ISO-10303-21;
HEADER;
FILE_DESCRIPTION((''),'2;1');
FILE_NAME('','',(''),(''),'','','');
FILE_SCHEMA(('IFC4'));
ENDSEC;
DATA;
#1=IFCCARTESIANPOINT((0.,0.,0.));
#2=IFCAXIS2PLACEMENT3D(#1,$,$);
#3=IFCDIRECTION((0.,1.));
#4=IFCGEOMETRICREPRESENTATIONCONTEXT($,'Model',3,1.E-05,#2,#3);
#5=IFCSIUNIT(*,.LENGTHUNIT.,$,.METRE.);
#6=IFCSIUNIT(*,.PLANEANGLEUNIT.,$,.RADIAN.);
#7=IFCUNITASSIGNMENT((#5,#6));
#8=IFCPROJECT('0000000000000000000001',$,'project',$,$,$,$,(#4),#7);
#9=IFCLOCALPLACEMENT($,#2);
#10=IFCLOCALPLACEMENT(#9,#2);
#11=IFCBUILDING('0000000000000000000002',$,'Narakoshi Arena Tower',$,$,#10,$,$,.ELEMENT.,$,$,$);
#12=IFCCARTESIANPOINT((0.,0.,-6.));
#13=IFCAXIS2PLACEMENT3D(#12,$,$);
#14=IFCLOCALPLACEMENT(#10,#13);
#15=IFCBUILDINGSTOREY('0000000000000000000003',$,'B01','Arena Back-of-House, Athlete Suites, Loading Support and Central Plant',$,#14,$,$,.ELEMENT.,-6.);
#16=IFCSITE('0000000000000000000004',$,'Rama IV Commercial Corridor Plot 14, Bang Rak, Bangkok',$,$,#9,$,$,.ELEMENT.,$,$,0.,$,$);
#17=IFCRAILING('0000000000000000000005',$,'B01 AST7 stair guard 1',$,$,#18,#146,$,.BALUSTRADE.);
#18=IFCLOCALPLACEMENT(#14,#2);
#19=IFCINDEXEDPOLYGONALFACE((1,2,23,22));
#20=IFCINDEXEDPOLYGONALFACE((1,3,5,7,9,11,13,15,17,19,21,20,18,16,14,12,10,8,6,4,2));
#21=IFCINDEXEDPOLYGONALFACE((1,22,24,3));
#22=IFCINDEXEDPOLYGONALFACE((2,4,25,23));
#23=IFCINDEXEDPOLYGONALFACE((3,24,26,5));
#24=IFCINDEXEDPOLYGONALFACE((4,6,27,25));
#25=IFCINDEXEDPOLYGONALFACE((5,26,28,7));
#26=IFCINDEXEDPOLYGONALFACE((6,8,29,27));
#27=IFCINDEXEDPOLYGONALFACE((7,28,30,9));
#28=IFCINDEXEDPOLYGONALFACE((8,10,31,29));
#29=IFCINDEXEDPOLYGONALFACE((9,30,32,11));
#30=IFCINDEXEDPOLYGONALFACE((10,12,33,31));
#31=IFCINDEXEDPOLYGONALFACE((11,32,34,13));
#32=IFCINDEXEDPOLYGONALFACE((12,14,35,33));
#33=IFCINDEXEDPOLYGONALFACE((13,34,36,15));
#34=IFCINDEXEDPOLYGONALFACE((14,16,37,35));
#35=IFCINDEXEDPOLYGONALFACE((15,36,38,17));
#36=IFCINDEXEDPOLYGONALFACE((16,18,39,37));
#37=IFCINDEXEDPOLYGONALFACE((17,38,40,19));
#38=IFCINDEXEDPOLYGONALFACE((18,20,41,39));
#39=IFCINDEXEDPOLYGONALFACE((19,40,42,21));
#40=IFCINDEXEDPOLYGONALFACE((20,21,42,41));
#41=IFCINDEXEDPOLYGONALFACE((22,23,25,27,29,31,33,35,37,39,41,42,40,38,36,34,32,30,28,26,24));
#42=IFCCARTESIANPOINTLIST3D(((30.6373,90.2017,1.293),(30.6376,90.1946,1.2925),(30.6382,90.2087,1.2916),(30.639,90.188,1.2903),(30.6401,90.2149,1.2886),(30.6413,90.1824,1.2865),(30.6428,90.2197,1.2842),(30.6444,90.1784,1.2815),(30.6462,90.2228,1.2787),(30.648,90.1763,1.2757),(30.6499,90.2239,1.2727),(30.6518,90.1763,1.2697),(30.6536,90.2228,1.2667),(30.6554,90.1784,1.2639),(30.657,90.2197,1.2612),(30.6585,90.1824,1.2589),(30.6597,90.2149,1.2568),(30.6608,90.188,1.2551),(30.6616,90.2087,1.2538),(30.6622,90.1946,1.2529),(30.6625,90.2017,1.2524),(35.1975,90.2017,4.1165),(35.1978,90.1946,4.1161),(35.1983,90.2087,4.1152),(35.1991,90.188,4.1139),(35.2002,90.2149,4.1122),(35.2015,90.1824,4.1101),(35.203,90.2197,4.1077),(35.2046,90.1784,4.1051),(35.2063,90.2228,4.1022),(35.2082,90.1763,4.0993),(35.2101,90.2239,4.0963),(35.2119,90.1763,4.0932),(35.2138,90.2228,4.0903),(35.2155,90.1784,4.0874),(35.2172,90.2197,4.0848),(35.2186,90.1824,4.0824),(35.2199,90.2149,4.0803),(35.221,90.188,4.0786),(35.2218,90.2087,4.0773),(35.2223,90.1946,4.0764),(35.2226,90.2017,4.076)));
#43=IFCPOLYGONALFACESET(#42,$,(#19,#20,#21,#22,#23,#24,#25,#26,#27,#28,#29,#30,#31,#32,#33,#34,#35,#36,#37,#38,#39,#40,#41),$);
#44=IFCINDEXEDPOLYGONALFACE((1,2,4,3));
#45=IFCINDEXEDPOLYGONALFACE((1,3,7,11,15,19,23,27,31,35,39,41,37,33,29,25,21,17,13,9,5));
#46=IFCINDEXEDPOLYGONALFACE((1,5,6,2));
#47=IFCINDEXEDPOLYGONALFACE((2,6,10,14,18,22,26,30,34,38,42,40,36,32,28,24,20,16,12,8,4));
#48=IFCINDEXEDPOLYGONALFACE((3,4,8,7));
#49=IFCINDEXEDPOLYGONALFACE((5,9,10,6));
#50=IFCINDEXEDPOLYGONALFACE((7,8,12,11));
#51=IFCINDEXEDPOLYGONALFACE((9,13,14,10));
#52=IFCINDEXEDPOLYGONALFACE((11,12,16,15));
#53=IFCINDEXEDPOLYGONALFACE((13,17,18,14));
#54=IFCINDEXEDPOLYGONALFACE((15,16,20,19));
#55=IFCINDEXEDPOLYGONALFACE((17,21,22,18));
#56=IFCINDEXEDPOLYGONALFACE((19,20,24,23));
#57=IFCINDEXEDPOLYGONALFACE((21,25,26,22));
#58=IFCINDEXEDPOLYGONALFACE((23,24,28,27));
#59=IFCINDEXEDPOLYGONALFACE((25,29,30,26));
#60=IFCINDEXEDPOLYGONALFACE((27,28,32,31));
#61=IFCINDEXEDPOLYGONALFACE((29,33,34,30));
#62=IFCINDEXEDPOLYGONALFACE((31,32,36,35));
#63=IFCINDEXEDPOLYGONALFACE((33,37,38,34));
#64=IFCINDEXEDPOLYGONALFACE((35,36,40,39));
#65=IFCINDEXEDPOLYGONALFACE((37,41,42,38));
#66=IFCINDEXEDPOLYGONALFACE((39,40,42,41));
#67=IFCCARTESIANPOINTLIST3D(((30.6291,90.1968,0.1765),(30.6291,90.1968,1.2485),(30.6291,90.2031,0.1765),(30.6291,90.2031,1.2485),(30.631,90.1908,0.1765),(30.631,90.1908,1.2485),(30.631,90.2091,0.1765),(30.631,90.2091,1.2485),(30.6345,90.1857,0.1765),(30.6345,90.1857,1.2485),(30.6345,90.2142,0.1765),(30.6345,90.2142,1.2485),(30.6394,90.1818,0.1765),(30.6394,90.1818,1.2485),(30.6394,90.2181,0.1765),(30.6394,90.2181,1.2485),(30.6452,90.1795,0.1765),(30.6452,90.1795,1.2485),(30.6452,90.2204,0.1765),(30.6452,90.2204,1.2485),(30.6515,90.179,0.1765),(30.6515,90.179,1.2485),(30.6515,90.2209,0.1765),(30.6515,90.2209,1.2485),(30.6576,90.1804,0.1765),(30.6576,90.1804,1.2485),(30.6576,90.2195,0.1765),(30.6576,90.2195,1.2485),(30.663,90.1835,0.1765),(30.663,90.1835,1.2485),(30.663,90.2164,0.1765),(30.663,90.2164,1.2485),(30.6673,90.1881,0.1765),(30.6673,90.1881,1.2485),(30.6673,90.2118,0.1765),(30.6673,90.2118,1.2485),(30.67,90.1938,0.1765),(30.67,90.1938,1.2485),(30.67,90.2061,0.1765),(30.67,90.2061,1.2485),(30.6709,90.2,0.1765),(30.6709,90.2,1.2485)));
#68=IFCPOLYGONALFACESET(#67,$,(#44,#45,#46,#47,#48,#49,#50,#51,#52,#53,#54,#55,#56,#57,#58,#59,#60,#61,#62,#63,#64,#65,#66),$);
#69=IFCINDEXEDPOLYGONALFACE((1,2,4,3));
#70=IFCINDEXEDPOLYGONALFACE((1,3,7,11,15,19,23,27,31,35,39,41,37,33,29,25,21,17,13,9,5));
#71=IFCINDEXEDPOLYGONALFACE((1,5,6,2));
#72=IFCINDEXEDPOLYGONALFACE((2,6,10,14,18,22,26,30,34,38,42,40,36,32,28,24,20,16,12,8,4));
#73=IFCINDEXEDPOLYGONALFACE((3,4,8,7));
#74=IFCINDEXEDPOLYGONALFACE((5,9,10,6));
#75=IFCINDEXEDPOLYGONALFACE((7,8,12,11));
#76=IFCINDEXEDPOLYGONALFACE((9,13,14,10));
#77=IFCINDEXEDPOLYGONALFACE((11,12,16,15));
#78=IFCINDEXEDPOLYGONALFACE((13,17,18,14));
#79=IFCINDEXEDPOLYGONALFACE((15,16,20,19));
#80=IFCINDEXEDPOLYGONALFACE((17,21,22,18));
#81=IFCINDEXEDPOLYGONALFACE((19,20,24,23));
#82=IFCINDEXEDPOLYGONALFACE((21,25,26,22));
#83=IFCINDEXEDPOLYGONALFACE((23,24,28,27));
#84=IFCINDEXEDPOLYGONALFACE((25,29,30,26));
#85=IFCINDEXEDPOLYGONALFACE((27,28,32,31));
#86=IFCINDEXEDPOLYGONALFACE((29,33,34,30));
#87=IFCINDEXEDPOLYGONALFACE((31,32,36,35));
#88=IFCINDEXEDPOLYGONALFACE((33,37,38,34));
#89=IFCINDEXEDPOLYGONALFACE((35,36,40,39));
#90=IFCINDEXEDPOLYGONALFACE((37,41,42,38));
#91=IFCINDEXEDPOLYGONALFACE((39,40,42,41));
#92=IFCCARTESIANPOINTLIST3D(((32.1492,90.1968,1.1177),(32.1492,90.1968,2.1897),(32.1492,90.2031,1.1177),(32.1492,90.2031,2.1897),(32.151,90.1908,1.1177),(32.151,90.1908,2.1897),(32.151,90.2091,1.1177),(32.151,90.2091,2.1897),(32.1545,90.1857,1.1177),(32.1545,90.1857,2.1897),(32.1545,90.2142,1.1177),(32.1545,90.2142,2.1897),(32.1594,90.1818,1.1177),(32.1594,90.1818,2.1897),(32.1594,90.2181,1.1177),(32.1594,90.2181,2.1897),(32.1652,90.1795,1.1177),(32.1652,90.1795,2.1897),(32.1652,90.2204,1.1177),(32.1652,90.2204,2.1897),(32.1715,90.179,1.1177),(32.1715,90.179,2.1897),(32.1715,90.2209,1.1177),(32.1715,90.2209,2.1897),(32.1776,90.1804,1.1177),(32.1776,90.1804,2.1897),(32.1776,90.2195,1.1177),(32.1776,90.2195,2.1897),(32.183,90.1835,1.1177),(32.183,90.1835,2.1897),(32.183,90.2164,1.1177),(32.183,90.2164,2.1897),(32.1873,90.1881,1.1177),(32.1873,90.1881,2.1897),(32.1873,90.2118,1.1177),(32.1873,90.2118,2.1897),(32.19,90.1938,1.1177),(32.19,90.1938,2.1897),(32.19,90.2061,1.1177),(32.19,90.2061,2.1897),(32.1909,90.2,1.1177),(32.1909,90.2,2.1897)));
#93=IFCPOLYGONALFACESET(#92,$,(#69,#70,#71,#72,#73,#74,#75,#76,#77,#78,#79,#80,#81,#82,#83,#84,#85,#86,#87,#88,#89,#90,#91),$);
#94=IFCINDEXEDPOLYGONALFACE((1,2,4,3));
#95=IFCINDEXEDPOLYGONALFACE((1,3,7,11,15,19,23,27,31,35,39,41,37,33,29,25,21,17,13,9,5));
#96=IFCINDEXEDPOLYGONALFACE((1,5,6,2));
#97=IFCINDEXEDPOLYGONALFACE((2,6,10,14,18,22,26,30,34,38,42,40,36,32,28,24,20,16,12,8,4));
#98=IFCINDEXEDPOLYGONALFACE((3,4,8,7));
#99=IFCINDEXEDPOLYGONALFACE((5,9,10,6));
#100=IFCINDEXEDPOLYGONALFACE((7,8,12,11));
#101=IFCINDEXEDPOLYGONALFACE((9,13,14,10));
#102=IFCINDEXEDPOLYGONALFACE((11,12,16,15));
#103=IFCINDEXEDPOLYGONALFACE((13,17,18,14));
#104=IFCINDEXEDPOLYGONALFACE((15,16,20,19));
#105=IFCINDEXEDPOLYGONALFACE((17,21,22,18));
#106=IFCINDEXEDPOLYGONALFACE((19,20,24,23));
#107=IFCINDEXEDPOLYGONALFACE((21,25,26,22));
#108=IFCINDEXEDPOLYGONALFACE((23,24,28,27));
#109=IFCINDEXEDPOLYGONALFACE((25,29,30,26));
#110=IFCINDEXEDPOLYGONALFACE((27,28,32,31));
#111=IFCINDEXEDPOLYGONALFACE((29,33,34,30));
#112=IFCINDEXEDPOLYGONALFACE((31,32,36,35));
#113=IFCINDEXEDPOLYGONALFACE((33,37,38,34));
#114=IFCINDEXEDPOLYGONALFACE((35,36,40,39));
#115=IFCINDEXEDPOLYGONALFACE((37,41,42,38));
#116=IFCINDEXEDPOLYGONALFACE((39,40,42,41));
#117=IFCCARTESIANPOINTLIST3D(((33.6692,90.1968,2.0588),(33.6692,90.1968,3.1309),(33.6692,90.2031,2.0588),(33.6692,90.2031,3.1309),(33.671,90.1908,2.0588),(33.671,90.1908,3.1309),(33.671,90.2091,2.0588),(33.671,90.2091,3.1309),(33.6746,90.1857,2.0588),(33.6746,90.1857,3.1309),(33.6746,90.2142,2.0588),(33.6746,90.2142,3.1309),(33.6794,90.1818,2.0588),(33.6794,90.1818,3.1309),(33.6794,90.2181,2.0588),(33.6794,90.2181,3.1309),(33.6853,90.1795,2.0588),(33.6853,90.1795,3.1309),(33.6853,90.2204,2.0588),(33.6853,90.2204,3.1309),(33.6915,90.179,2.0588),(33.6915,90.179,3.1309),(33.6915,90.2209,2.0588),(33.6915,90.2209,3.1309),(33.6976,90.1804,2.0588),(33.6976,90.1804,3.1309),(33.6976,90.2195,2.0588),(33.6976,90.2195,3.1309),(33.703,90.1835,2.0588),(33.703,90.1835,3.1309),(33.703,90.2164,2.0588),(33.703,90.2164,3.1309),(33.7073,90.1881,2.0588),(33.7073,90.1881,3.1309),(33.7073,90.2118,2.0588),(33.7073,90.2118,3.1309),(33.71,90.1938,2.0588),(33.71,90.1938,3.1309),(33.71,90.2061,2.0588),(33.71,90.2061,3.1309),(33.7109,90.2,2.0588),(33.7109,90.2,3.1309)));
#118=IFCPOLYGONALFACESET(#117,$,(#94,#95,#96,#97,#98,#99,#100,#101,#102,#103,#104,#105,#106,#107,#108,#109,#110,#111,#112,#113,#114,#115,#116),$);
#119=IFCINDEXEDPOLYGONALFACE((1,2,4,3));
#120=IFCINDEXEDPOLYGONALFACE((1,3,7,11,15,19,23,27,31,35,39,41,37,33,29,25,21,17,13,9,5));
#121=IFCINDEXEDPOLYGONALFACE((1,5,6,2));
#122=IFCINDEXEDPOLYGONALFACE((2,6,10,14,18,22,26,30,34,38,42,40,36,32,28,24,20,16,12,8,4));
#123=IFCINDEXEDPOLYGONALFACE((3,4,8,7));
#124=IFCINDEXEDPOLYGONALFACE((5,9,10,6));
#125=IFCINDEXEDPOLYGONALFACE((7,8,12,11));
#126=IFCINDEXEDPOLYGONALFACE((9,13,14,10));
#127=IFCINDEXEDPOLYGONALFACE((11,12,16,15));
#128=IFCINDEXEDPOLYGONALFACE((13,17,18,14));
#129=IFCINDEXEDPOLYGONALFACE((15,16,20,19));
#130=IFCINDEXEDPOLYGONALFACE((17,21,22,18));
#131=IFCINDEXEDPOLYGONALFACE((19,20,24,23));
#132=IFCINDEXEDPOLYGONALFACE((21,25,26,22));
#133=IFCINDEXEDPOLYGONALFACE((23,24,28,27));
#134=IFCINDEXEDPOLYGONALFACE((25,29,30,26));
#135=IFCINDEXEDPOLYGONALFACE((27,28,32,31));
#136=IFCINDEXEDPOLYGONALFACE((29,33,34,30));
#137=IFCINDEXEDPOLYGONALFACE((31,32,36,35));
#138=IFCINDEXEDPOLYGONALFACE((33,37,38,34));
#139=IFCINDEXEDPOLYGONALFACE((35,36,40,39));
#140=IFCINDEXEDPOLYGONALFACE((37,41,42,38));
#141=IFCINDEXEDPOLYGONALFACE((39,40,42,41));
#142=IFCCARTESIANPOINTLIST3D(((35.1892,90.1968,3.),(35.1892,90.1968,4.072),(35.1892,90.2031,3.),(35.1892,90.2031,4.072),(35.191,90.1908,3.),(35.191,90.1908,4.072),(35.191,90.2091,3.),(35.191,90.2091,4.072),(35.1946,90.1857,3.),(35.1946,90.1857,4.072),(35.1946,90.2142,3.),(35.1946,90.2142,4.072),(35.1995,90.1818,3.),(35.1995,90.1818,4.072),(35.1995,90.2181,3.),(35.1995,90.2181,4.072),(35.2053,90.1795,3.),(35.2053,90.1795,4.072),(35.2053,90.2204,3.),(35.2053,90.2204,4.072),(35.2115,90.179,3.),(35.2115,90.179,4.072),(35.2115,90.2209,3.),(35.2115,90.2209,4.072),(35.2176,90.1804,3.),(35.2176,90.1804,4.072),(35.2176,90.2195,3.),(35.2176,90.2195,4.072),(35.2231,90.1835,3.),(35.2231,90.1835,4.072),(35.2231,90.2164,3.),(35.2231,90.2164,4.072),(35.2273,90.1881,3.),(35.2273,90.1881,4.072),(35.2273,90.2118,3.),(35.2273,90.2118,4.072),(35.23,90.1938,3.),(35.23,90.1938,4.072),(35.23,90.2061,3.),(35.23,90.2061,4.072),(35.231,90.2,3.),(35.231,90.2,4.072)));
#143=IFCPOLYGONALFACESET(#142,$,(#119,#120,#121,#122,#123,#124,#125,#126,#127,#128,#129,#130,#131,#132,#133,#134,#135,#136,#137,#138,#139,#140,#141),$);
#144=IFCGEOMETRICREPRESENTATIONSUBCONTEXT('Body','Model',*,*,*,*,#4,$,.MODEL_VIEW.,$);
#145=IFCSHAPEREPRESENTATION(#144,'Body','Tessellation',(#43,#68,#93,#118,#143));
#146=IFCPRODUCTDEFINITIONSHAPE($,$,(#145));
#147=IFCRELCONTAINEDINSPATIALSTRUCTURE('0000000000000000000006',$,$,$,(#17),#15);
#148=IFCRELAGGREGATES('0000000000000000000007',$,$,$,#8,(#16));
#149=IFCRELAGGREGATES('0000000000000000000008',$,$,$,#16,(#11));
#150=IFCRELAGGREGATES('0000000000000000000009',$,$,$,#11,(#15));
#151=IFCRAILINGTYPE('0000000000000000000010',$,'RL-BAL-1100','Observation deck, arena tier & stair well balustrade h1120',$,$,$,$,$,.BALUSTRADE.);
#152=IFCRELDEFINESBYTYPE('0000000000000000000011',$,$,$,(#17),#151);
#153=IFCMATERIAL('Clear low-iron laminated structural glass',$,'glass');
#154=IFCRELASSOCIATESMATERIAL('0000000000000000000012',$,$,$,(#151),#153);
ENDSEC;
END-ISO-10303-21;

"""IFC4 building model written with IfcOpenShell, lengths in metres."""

from ifc_helpers import new_model, si_unit, direction, frame, origin, origin_2d, place, context, subcontext, project, spatial, circle, extrude, material, type_object, element, save


model = new_model("IFC4")

# Units and contexts
model_context = context("Model", 3, precision=1e-05, world=origin(), true_north=direction((0.0, 1.0)))
body_context = subcontext(model_context, "Body", "Model", "MODEL_VIEW")
ifc_project = project(units=[si_unit("LENGTHUNIT", "METRE"), si_unit("PLANEANGLEUNIT", "RADIAN")], contexts=[model_context])

# Site, building, storey
site_placement = place(None, origin())
site = spatial("IfcSite", under=ifc_project, at=site_placement, Name="Rama IV Commercial Corridor Plot 14, Bang Rak, Bangkok", CompositionType="ELEMENT", RefElevation=0.0)
building_placement = place(site_placement, origin())
building = spatial("IfcBuilding", under=site, at=building_placement, Name="Narakoshi Arena Tower", CompositionType="ELEMENT")
storey_placement = place(building_placement, frame((0.0, 0.0, -6.0)))
storey = spatial("IfcBuildingStorey", under=building, at=storey_placement, Name="B01", Description="Arena Back-of-House, Athlete Suites, Loading Support and Central Plant", CompositionType="ELEMENT", Elevation=-6.0)

# Railing
ifc_material_1 = material(Name="Clear low-iron laminated structural glass", Category="glass")
railing_type_1 = type_object("IfcRailingType", Name="RL-BAL-1100", Description="Observation deck, arena tier & stair well balustrade h1120", PredefinedType="BALUSTRADE", material=ifc_material_1)
railing_1_placement = place(storey_placement, frame((30.6499, 90.2, 0.1765)))
element("IfcRailing", 1, at=railing_1_placement, inside=storey, type_object=railing_type_1, Name="B01 AST7 stair guard 1", PredefinedType="BALUSTRADE", context=body_context, shape_type="SweptSolid", body=[
    extrude(circle(Radius=0.0239, at=origin_2d()), frame((0.0, 0.0, 1.0962), z_axis=(0.850216, 0.0, 0.526435), x_axis=(0.0, 1.0, 0.0)), (0.0, 0.0, 1.0), 5.3635),
    extrude(circle(Radius=0.021, at=origin_2d()), origin(), (0.0, 0.0, 1.0), 1.072),
    extrude(circle(Radius=0.021, at=origin_2d()), frame((1.52, 0.0, 0.9412)), (0.0, 0.0, 1.0), 1.072),
    extrude(circle(Radius=0.021, at=origin_2d()), frame((3.04, 0.0, 1.8823)), (0.0, 0.0, 1.0), 1.072),
    extrude(circle(Radius=0.021, at=origin_2d()), frame((4.5601, 0.0, 2.8235)), (0.0, 0.0, 1.0), 1.072),
])

save(model, "model.ifc")
